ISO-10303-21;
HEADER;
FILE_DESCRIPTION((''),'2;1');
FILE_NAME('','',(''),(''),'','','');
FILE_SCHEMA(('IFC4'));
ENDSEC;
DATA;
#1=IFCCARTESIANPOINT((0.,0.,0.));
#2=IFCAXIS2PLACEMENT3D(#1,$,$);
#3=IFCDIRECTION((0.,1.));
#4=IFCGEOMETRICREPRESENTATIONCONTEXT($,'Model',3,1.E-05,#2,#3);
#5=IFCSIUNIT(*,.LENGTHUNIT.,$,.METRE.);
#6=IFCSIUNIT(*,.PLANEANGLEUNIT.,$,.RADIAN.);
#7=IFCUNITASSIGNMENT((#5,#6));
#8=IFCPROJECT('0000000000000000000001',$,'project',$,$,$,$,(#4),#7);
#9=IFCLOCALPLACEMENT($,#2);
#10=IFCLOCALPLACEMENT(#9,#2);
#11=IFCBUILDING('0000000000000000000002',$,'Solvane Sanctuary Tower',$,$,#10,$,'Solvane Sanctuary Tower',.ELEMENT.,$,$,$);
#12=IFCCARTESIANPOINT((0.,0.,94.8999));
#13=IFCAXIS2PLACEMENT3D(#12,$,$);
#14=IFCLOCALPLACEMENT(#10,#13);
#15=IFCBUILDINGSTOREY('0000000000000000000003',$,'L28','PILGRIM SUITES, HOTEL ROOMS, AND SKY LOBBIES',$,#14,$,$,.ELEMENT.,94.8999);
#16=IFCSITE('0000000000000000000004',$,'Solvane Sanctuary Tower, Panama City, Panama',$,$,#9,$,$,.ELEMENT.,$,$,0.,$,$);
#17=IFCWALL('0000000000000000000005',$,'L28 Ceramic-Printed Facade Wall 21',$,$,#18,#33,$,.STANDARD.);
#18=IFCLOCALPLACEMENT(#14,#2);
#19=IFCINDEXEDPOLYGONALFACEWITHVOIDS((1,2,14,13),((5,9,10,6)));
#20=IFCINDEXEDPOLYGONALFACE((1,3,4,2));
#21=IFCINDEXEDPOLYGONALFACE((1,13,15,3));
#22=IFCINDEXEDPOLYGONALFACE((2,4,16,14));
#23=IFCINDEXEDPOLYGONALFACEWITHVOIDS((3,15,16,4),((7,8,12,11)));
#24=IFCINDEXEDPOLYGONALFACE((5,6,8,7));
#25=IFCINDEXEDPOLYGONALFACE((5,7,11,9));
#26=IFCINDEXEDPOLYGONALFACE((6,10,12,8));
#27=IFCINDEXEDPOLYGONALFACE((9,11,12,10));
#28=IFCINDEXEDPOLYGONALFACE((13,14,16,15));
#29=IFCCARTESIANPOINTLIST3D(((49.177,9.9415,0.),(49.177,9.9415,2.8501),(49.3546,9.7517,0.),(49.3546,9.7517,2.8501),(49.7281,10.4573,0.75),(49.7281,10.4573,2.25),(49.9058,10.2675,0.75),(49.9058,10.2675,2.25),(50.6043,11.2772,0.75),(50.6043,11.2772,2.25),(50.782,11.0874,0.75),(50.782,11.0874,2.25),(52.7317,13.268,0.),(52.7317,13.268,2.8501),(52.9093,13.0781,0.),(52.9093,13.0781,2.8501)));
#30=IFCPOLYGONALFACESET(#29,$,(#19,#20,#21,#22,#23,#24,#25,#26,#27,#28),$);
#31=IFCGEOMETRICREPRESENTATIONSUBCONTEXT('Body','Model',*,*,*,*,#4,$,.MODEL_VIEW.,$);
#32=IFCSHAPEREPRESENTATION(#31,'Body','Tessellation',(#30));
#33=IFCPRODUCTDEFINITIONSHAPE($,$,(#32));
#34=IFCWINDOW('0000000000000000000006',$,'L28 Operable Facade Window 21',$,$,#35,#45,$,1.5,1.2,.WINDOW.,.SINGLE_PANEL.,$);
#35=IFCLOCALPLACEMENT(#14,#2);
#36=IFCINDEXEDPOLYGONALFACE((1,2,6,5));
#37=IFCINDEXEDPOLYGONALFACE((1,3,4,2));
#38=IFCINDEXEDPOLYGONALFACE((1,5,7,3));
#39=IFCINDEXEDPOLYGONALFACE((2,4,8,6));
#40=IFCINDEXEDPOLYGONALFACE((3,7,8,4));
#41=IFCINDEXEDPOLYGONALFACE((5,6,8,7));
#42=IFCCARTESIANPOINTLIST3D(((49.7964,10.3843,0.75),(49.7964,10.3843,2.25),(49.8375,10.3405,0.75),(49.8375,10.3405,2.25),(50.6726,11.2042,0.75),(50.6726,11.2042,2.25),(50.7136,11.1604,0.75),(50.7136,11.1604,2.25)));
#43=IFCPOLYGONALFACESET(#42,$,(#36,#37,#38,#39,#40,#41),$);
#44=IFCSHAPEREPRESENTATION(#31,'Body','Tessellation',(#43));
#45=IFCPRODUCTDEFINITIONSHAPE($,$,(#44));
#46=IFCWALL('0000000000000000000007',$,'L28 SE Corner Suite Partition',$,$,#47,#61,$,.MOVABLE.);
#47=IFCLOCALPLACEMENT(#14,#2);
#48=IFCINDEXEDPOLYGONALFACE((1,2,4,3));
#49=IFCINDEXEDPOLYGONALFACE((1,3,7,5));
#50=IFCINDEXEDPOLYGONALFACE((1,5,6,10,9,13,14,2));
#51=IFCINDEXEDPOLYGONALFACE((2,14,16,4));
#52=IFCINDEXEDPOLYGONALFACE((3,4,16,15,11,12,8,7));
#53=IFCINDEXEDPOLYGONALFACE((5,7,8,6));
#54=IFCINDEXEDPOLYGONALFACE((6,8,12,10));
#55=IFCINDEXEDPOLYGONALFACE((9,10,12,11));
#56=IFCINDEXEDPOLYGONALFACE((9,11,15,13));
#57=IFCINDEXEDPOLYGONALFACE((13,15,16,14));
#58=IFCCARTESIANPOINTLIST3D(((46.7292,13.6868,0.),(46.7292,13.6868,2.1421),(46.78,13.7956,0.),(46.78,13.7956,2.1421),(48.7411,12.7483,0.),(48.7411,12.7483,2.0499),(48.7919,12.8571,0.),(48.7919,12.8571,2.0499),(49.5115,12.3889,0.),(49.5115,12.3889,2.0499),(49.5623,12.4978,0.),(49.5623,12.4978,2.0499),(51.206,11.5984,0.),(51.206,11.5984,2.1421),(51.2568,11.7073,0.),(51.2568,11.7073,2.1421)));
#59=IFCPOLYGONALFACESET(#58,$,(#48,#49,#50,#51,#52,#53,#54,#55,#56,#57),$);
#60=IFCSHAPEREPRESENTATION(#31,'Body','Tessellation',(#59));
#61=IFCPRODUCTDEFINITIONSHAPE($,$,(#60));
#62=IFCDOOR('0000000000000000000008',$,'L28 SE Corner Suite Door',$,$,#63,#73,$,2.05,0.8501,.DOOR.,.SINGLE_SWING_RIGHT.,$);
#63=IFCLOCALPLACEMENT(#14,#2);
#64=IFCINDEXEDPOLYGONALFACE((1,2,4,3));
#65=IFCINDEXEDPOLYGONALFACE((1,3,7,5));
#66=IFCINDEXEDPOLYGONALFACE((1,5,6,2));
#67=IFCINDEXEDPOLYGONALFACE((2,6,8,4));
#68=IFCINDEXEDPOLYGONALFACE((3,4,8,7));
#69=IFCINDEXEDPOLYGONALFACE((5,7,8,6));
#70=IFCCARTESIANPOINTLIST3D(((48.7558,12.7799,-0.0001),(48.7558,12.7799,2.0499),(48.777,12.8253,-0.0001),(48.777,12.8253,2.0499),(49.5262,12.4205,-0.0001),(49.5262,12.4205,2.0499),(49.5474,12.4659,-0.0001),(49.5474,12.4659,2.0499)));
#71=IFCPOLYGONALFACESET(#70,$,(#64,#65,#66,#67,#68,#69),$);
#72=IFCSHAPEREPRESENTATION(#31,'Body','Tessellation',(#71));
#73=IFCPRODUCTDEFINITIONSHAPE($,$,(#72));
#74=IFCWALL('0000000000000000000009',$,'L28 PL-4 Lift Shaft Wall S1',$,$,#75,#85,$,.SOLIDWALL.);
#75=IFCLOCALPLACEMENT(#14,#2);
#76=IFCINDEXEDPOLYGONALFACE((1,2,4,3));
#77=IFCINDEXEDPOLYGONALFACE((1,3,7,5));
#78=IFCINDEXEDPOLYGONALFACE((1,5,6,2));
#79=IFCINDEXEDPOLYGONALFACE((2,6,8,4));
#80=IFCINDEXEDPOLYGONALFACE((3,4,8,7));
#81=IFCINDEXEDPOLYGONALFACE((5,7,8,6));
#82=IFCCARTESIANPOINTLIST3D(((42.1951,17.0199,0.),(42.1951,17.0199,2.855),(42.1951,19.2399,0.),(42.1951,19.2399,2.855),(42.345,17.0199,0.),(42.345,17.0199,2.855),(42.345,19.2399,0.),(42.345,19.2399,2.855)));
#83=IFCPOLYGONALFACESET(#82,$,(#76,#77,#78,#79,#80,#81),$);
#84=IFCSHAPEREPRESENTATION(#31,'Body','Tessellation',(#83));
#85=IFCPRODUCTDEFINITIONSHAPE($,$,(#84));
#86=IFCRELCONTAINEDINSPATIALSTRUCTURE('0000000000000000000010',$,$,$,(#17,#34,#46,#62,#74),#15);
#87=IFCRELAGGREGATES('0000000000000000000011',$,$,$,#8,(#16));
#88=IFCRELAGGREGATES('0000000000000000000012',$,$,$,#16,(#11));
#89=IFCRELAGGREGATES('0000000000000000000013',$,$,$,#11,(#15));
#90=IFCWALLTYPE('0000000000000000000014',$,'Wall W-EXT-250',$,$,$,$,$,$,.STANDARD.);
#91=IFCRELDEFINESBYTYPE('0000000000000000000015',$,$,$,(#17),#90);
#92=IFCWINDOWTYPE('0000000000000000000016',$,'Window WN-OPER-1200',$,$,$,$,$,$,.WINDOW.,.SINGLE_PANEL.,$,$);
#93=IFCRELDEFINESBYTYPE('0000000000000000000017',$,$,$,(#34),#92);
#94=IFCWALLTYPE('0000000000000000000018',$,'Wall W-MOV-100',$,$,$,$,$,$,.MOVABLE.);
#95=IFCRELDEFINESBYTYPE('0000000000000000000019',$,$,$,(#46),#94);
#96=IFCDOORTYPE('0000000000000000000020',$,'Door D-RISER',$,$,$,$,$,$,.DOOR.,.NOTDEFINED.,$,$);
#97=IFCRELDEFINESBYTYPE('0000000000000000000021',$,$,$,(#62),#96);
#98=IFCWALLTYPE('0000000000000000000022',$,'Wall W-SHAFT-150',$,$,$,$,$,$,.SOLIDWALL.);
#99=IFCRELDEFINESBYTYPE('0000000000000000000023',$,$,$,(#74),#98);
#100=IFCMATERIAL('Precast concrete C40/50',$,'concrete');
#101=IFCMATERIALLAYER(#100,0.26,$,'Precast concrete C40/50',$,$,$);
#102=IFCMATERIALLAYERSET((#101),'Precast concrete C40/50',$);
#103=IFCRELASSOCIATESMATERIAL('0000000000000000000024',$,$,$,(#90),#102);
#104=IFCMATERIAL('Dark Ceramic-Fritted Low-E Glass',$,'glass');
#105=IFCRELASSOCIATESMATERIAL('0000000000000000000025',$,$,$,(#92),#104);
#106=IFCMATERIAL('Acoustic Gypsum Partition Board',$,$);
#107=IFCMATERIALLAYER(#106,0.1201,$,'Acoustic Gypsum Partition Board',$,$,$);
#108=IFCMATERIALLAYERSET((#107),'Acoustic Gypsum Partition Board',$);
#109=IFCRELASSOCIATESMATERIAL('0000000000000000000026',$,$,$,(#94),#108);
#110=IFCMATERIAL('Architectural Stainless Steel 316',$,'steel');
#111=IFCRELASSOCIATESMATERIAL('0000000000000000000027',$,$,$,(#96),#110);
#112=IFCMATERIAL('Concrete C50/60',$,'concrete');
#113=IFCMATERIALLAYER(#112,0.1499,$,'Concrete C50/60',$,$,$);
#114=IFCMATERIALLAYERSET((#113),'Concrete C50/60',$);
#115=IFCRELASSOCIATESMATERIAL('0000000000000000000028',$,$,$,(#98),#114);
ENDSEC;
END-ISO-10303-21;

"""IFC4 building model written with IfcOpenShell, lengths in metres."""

from ifc_helpers import new_model, si_unit, direction, frame, frame_2d, origin, place, context, subcontext, project, spatial, rectangle, extrude, material, layer, layer_set, type_object, element, fill, save


model = new_model("IFC4")

# Units and contexts
model_context = context("Model", 3, precision=1e-05, world=origin(), true_north=direction((0.0, 1.0)))
body_context = subcontext(model_context, "Body", "Model", "MODEL_VIEW")
ifc_project = project(units=[si_unit("LENGTHUNIT", "METRE"), si_unit("PLANEANGLEUNIT", "RADIAN")], contexts=[model_context])

# Site, building, storey
site_placement = place(None, origin())
site = spatial("IfcSite", under=ifc_project, at=site_placement, Name="Solvane Sanctuary Tower, Panama City, Panama", CompositionType="ELEMENT", RefElevation=0.0)
building_placement = place(site_placement, origin())
building = spatial("IfcBuilding", under=site, at=building_placement, Name="Solvane Sanctuary Tower", LongName="Solvane Sanctuary Tower", CompositionType="ELEMENT")
storey_placement = place(building_placement, frame((0.0, 0.0, 94.8999)))
storey = spatial("IfcBuildingStorey", under=building, at=storey_placement, Name="L28", Description="PILGRIM SUITES, HOTEL ROOMS, AND SKY LOBBIES", CompositionType="ELEMENT", Elevation=94.8999)

# Shared definitions
ifc_material_1 = material(Name="Dark Ceramic-Fritted Low-E Glass", Category="glass")

# Shared definitions
ifc_material_2 = material(Name="Acoustic Gypsum Partition Board")
ifc_material_3 = material(Name="Precast concrete C40/50", Category="concrete")
ifc_layer_1 = layer(ifc_material_3, 0.26, Name="Precast concrete C40/50")
ifc_layer_set_1 = layer_set([ifc_layer_1], Name="Precast concrete C40/50")
wall_type_1 = type_object("IfcWallType", Name="Wall W-EXT-250", PredefinedType="STANDARD", material=ifc_layer_set_1)

# Wall, opening, window
wall_1_placement = place(storey_placement, frame((49.2659, 9.8467, 0.0), z_axis=(0.0, 0.0, 1.0), x_axis=(0.730162, 0.683274, 0.0)))
wall_1 = element("IfcWall", 1, at=wall_1_placement, inside=storey, type_object=wall_type_1, Name="L28 Ceramic-Printed Facade Wall 21", PredefinedType="STANDARD", context=body_context, shape_type="SweptSolid", body=[
    extrude(rectangle(XDim=4.8684, YDim=0.26, at=frame_2d((2.4341, 0.0))), origin(), (0.0, 0.0, 1.0), 2.8501),
])
opening_1_placement = place(wall_1_placement, frame((0.7546, 0.0, 0.75)))
opening_1 = element("IfcOpeningElement", 2, at=opening_1_placement, cuts=wall_1, PredefinedType="OPENING", context=body_context, shape_type="SweptSolid", body=[
    extrude(rectangle(XDim=1.2, YDim=1.5, at=frame_2d((0.6001, 0.75))), frame((0.0, 0.1399, 0.0), z_axis=(0.0, -1.0, 0.0), x_axis=(1.0, 0.0, 0.0)), (0.0, 0.0, 1.0), 0.28),
])
window_type = type_object("IfcWindowType", Name="Window WN-OPER-1200", PartitioningType="SINGLE_PANEL", PredefinedType="WINDOW", material=ifc_material_1)
window_placement = place(opening_1_placement, origin())
window = element("IfcWindow", 3, at=window_placement, inside=storey, type_object=window_type, Name="L28 Operable Facade Window 21", OverallHeight=1.5, OverallWidth=1.2, PartitioningType="SINGLE_PANEL", PredefinedType="WINDOW", context=body_context, shape_type="SweptSolid", body=[
    extrude(rectangle(XDim=1.2, YDim=1.5, at=frame_2d((0.6001, 0.75))), frame((0.0, 0.03, 0.0), z_axis=(0.0, -1.0, 0.0), x_axis=(1.0, 0.0, 0.0)), (0.0, 0.0, 1.0), 0.0601),
])
fill(opening_1, window)

# Wall, opening, door
ifc_layer_2 = layer(ifc_material_2, 0.1201, Name="Acoustic Gypsum Partition Board")
ifc_layer_set_2 = layer_set([ifc_layer_2], Name="Acoustic Gypsum Partition Board")
wall_type_2 = type_object("IfcWallType", Name="Wall W-MOV-100", PredefinedType="MOVABLE", material=ifc_layer_set_2)
wall_2_placement = place(storey_placement, frame((46.7546, 13.7412, 0.0), z_axis=(0.0, 0.0, 1.0), x_axis=(0.906245, -0.422753, 0.0)))
wall_2 = element("IfcWall", 4, at=wall_2_placement, inside=storey, type_object=wall_type_2, Name="L28 SE Corner Suite Partition", PredefinedType="MOVABLE", context=body_context, shape_type="SweptSolid", body=[
    extrude(rectangle(XDim=4.9399, YDim=0.1201, at=frame_2d((2.47, 0.0))), origin(), (0.0, 0.0, 1.0), 2.1421),
])
opening_2_placement = place(wall_2_placement, frame((2.22, 0.0, 0.0)))
opening_2 = element("IfcOpeningElement", 5, at=opening_2_placement, cuts=wall_2, PredefinedType="OPENING", context=body_context, shape_type="SweptSolid", body=[
    extrude(rectangle(XDim=0.8501, YDim=2.05, at=frame_2d((0.425, 1.0249))), frame((0.0, 0.0701, 0.0), z_axis=(0.0, -1.0, 0.0), x_axis=(1.0, 0.0, 0.0)), (0.0, 0.0, 1.0), 0.1401),
])
ifc_material_4 = material(Name="Architectural Stainless Steel 316", Category="steel")
door_type = type_object("IfcDoorType", Name="Door D-RISER", OperationType="NOTDEFINED", PredefinedType="DOOR", material=ifc_material_4)
door_placement = place(opening_2_placement, origin())
door = element("IfcDoor", 6, at=door_placement, inside=storey, type_object=door_type, Name="L28 SE Corner Suite Door", OperationType="SINGLE_SWING_RIGHT", OverallHeight=2.05, OverallWidth=0.8501, PredefinedType="DOOR", context=body_context, shape_type="SweptSolid", body=[
    extrude(rectangle(XDim=0.8501, YDim=2.05, at=frame_2d((0.425, 1.0249))), frame((0.0, 0.0249, 0.0), z_axis=(0.0, -1.0, 0.0), x_axis=(1.0, 0.0, 0.0)), (0.0, 0.0, 1.0), 0.05),
])
fill(opening_2, door)

# Wall
ifc_material_5 = material(Name="Concrete C50/60", Category="concrete")
ifc_layer_3 = layer(ifc_material_5, 0.1499, Name="Concrete C50/60")
ifc_layer_set_3 = layer_set([ifc_layer_3], Name="Concrete C50/60")
wall_type_3 = type_object("IfcWallType", Name="Wall W-SHAFT-150", PredefinedType="SOLIDWALL", material=ifc_layer_set_3)
wall_3_placement = place(storey_placement, frame((42.27, 17.02, 0.0), z_axis=(0.0, 0.0, 1.0), x_axis=(0.0, 1.0, 0.0)))
element("IfcWall", 7, at=wall_3_placement, inside=storey, type_object=wall_type_3, Name="L28 PL-4 Lift Shaft Wall S1", PredefinedType="SOLIDWALL", context=body_context, shape_type="SweptSolid", body=[
    extrude(rectangle(XDim=2.22, YDim=0.1499, at=frame_2d((1.1099, 0.0))), origin(), (0.0, 0.0, 1.0), 2.855),
])

save(model, "model.ifc")
